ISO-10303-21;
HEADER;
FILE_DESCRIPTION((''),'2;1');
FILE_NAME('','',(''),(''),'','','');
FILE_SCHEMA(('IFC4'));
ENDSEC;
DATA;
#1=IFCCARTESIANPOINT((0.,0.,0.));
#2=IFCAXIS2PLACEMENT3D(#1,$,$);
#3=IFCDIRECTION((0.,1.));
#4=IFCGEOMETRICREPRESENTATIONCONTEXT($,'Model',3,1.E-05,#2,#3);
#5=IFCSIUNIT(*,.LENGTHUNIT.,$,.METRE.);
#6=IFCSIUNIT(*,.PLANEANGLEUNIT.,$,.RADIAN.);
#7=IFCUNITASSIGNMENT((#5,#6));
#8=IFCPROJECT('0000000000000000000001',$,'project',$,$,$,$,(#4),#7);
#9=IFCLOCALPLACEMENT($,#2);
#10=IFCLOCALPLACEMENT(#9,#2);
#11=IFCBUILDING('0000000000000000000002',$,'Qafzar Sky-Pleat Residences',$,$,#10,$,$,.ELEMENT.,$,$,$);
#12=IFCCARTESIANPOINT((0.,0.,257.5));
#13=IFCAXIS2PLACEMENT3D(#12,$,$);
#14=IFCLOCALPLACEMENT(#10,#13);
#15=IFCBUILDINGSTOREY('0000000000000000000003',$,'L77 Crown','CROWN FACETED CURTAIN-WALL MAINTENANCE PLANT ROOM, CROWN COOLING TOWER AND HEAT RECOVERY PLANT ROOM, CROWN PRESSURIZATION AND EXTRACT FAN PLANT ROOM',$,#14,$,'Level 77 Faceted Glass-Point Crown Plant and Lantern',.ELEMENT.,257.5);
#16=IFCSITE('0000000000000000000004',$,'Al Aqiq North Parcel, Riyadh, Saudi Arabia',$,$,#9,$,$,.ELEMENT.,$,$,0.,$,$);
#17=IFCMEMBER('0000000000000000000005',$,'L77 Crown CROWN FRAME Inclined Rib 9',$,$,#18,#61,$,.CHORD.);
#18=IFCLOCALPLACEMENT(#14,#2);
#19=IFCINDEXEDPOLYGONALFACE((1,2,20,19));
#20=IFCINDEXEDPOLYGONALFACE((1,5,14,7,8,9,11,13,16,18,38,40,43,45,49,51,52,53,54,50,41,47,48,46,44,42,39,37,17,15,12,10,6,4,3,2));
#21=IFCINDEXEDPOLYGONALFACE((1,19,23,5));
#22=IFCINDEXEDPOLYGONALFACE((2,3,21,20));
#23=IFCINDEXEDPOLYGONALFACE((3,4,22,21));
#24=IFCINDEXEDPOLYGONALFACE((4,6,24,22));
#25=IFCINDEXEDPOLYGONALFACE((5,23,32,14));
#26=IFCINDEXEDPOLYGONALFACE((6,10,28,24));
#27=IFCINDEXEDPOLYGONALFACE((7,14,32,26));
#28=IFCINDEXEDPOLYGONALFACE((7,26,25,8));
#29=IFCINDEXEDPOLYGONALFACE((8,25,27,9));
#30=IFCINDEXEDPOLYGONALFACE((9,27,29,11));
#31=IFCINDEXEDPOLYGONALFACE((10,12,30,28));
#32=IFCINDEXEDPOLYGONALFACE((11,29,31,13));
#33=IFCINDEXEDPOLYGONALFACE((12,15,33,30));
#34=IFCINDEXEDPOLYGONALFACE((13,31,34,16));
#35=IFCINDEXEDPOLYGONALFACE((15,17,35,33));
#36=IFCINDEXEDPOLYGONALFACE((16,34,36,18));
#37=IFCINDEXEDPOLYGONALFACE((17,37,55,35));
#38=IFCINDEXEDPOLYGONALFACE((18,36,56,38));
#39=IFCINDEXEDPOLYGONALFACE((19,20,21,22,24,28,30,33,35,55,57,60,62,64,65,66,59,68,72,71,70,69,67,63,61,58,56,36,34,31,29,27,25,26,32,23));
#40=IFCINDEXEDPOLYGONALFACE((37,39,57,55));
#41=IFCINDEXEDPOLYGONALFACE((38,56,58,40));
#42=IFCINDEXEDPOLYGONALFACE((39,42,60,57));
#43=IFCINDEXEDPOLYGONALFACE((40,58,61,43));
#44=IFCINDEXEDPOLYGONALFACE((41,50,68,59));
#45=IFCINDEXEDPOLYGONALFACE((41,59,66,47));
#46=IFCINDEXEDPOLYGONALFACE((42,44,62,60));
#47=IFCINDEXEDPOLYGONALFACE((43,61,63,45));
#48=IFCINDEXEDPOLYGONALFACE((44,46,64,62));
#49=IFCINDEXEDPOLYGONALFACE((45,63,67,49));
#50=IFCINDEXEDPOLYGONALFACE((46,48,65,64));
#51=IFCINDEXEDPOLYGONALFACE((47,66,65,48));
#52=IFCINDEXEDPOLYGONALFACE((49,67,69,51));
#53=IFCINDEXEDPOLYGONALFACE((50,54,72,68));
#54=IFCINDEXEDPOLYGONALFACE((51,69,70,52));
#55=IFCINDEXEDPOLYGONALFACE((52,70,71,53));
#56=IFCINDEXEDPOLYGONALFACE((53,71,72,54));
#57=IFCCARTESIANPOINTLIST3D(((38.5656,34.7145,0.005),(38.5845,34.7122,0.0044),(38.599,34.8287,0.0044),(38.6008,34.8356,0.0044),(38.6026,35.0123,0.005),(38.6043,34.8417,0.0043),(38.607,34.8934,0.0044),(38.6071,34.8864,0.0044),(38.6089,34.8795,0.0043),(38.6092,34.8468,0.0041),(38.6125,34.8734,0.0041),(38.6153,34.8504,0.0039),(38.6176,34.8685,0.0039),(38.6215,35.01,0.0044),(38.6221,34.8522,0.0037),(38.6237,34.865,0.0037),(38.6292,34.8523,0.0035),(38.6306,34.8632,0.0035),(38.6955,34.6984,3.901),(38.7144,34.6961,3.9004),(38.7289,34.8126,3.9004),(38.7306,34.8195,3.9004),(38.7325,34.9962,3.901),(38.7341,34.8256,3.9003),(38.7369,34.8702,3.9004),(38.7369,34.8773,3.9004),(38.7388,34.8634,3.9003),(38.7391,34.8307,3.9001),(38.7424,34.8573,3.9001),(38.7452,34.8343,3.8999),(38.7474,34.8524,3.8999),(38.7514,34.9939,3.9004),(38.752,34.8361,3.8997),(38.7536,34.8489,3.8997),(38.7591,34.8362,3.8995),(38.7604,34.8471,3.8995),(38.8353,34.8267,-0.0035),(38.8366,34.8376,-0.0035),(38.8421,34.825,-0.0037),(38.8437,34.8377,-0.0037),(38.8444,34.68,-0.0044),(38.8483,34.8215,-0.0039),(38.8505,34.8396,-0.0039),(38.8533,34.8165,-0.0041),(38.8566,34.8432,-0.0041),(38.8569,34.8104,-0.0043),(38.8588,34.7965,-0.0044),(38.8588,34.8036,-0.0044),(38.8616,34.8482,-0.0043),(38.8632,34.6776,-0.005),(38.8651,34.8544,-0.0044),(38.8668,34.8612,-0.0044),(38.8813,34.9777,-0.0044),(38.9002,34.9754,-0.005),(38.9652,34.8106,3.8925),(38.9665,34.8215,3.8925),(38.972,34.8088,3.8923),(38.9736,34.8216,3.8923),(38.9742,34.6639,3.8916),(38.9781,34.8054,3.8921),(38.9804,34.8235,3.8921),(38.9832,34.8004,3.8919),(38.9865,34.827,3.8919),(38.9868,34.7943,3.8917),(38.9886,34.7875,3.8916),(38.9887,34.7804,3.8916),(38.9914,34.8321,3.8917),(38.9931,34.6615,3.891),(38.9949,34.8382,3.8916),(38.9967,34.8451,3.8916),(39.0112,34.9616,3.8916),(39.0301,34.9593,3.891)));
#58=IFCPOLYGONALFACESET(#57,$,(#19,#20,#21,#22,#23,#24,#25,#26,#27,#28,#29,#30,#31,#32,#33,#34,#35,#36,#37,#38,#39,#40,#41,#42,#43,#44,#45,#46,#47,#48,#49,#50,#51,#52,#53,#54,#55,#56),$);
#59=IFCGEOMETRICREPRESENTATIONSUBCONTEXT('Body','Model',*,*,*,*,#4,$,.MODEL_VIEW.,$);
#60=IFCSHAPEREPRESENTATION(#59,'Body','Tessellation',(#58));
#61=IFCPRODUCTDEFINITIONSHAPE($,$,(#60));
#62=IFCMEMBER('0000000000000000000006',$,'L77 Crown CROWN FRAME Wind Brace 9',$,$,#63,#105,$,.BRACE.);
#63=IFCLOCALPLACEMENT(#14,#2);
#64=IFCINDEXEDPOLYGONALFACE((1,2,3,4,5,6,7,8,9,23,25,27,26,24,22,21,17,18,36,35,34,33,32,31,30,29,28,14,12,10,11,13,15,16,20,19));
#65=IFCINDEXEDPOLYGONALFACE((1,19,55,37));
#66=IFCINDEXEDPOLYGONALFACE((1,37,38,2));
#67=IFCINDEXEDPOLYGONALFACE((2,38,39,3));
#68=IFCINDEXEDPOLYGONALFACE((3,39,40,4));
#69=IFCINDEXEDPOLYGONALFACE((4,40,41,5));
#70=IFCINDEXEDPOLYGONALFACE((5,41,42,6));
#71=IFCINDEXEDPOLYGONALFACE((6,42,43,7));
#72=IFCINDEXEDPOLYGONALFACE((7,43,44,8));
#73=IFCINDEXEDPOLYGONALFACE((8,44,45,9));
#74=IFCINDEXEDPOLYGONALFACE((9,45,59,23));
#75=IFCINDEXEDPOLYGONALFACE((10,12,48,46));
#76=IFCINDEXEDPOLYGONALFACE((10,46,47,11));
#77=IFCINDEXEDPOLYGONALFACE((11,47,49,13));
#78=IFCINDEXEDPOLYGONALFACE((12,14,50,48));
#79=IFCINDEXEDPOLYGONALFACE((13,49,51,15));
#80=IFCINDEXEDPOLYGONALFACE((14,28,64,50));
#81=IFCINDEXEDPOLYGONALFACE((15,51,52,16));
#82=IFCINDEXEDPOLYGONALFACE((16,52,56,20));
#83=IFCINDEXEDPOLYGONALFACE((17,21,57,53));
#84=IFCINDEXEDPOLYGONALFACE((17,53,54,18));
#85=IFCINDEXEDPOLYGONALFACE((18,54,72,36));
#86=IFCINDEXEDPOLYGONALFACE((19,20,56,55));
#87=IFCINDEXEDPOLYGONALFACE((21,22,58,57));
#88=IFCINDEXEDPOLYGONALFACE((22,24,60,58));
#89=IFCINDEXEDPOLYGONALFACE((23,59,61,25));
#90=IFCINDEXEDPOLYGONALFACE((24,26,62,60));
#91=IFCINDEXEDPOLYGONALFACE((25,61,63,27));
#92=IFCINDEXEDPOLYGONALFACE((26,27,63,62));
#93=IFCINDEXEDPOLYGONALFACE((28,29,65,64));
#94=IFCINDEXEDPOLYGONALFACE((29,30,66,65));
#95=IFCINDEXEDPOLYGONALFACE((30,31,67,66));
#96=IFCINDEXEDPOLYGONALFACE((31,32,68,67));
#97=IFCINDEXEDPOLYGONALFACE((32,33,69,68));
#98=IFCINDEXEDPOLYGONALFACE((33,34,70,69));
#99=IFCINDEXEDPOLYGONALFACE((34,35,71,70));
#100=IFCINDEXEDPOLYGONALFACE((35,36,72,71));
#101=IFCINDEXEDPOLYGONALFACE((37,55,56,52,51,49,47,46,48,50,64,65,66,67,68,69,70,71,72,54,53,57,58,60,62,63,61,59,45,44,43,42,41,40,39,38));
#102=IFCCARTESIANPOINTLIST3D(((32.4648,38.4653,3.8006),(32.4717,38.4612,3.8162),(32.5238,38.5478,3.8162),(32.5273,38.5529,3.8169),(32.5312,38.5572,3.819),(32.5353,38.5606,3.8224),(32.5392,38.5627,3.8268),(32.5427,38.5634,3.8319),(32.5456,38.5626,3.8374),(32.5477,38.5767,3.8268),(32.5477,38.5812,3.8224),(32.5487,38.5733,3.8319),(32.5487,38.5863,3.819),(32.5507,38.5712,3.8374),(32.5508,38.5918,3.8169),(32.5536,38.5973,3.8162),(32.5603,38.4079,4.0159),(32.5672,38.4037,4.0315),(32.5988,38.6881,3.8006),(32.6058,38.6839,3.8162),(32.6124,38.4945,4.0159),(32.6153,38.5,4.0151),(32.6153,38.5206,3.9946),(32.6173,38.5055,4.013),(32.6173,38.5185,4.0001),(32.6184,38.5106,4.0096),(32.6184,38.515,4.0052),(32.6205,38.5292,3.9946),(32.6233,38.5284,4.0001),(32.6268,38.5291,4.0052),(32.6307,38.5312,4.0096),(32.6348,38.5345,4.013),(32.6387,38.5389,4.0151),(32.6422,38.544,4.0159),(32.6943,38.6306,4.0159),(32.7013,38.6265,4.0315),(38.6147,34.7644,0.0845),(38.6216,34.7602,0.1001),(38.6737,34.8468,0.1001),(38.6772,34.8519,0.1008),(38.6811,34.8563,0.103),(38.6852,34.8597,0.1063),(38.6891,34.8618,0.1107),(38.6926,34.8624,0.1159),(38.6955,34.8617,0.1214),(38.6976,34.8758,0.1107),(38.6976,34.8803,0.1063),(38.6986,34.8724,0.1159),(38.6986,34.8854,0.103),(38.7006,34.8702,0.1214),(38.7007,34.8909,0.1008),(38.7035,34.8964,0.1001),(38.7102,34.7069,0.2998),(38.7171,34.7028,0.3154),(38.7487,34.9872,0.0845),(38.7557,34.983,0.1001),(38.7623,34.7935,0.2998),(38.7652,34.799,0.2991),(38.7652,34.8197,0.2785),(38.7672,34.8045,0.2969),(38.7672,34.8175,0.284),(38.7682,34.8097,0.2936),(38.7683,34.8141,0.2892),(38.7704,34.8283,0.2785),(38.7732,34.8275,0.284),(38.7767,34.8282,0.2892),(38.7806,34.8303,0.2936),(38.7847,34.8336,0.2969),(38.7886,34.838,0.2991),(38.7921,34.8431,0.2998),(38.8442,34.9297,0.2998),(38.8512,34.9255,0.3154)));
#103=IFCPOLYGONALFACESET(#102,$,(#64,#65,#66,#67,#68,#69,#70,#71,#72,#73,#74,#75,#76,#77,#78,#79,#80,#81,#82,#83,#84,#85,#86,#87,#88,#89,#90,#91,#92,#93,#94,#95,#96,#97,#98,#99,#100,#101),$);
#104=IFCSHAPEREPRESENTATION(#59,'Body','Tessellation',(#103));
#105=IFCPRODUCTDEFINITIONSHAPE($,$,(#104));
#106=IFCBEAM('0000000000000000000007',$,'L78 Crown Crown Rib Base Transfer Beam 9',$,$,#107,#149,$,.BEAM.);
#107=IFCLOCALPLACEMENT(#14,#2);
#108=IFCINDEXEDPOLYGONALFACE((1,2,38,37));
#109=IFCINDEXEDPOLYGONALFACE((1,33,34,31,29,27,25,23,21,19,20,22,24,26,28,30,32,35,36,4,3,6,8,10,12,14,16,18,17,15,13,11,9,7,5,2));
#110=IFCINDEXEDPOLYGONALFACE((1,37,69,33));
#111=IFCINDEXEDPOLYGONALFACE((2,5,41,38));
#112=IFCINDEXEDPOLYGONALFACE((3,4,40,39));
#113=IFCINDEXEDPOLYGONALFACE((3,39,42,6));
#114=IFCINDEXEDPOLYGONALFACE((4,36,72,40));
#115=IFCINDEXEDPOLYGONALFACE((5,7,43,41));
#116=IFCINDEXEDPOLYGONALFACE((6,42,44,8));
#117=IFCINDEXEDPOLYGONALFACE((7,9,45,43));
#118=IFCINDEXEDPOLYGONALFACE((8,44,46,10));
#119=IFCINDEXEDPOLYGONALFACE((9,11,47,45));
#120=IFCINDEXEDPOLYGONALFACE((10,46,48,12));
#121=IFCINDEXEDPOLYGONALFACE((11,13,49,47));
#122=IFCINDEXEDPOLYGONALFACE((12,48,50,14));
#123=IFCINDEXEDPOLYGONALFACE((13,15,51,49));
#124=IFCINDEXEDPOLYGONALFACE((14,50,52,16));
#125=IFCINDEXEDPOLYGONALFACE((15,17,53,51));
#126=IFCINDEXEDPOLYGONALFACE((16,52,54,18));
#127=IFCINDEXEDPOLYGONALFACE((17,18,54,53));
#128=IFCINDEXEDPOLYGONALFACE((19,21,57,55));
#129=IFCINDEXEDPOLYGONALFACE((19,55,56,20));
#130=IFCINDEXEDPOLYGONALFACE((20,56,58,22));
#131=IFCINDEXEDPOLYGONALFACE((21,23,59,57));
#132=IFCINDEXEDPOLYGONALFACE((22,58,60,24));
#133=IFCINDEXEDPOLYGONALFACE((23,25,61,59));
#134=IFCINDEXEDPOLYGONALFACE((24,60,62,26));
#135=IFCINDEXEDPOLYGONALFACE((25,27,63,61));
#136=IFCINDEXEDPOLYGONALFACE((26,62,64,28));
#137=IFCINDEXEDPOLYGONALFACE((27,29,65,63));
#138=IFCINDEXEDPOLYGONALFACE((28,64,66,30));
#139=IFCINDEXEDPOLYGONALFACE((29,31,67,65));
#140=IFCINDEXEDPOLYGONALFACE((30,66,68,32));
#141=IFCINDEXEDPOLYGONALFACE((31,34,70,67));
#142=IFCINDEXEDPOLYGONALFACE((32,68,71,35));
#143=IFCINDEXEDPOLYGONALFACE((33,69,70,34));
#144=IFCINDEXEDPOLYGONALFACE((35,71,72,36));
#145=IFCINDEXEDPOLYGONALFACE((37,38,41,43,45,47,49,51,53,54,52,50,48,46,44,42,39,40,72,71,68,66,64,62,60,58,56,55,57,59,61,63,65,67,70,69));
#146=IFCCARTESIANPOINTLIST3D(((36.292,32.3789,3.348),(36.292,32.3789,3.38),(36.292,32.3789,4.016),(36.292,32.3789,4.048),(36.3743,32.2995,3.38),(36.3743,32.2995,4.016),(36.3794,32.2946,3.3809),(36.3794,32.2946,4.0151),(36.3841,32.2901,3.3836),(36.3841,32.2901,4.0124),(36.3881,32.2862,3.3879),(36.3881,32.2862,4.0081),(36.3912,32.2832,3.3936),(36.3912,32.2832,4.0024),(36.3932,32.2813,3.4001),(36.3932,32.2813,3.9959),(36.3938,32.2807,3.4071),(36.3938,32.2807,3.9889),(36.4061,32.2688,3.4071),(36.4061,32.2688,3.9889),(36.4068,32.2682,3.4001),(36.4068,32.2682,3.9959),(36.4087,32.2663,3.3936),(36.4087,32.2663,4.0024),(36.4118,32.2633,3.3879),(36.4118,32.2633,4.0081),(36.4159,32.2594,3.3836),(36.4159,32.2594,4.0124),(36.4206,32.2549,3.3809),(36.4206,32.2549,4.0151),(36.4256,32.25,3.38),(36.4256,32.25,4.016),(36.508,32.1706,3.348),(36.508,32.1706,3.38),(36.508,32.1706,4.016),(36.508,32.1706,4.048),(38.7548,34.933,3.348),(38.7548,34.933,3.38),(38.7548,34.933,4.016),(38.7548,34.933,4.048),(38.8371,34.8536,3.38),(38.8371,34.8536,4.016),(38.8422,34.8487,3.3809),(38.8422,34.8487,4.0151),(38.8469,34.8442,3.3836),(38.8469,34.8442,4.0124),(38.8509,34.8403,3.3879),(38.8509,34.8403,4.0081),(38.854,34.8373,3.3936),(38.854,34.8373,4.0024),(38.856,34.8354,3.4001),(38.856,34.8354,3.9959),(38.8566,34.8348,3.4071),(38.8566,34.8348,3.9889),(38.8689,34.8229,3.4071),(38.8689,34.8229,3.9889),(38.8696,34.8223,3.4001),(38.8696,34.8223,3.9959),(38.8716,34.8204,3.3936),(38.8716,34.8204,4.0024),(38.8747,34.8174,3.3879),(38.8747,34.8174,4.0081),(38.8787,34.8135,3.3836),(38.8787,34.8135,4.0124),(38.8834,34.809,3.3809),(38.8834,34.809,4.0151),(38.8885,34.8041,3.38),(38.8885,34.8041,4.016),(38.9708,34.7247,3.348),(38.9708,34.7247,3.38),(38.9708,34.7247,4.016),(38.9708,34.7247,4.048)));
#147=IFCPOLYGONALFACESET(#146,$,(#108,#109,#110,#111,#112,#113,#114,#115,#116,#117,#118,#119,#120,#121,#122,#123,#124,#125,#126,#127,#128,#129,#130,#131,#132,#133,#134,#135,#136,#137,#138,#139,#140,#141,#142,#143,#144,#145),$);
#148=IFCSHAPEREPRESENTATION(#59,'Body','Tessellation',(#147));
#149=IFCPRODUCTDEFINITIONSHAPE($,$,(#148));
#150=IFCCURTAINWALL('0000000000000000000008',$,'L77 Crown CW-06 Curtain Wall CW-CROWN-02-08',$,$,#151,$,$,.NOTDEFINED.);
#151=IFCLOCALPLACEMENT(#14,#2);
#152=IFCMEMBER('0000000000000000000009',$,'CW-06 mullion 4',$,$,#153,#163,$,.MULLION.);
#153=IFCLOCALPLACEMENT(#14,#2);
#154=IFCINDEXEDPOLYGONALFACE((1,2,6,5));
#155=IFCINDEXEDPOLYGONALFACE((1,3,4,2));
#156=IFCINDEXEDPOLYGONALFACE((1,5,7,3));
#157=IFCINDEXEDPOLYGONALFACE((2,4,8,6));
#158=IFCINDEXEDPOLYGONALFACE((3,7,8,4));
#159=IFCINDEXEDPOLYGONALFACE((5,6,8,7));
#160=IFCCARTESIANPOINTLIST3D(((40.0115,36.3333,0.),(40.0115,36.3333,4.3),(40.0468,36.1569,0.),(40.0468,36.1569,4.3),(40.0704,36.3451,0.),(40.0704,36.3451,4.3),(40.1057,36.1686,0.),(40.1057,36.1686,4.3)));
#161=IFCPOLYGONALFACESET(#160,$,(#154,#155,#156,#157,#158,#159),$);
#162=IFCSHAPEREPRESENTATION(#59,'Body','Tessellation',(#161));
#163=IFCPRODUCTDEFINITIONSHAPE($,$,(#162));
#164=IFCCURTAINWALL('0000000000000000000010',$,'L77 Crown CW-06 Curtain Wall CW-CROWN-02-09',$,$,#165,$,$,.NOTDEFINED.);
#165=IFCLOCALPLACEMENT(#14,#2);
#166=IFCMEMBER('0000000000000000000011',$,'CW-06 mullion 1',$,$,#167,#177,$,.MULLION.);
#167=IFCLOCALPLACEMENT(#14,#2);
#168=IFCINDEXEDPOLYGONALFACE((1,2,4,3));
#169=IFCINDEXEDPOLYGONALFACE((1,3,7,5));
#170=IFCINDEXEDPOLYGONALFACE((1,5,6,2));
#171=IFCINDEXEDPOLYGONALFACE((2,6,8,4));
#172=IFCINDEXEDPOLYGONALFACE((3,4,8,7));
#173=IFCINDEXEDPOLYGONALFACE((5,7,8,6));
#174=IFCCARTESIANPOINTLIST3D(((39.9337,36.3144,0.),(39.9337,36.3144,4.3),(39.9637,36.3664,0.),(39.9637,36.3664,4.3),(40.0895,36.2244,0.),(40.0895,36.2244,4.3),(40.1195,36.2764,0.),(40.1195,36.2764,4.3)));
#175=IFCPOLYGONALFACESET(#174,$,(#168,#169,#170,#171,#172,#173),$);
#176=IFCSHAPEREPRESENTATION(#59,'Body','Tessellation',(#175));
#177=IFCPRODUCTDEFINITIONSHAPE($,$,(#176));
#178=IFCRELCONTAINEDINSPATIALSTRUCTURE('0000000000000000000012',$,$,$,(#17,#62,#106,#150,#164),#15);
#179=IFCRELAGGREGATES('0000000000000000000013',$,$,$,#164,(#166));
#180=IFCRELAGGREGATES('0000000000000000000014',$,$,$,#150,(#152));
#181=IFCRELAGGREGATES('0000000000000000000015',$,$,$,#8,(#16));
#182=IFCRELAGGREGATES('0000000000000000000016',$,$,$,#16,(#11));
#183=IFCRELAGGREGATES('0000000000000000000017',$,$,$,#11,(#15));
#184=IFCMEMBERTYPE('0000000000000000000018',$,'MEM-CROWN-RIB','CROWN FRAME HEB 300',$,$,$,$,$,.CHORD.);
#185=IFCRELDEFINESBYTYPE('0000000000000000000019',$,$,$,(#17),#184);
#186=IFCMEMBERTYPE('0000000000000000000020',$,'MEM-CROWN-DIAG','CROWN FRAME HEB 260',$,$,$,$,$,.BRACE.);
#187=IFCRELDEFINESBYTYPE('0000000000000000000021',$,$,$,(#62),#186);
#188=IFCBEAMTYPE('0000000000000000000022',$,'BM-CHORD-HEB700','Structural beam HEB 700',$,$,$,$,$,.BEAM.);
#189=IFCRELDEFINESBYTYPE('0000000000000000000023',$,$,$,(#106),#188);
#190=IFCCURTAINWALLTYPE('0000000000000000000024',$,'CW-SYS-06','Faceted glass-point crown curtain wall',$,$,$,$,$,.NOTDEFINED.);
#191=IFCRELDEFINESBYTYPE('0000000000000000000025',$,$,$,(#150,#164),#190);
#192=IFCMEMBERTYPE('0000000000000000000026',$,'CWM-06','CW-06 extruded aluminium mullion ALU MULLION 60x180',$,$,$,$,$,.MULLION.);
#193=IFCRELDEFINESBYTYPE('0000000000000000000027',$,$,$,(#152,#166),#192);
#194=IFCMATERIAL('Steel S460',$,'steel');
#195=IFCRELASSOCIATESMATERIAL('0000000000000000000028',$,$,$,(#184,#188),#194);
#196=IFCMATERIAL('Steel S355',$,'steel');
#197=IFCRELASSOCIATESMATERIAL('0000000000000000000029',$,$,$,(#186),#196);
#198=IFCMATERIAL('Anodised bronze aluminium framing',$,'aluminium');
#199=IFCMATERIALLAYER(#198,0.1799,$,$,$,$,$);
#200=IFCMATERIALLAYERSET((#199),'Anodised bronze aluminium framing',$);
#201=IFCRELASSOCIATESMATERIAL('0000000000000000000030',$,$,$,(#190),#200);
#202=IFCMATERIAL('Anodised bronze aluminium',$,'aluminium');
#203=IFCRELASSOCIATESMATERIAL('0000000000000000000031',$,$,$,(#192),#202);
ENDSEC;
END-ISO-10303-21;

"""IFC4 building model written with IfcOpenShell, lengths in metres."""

from ifc_helpers import new_model, si_unit, direction, frame, origin, origin_2d, place, context, subcontext, project, spatial, rectangle, i_section, extrude, source, transform, mapped, material, layer, layer_set, material_profile, profile_set, type_object, element, aggregate, save


model = new_model("IFC4")

# Units and contexts
model_context = context("Model", 3, precision=1e-05, world=origin(), true_north=direction((0.0, 1.0)))
body_context = subcontext(model_context, "Body", "Model", "MODEL_VIEW")
ifc_project = project(units=[si_unit("LENGTHUNIT", "METRE"), si_unit("PLANEANGLEUNIT", "RADIAN")], contexts=[model_context])

# Site, building, storey
site_placement = place(None, origin())
site = spatial("IfcSite", under=ifc_project, at=site_placement, Name="Al Aqiq North Parcel, Riyadh, Saudi Arabia", CompositionType="ELEMENT", RefElevation=0.0)
building_placement = place(site_placement, origin())
building = spatial("IfcBuilding", under=site, at=building_placement, Name="Qafzar Sky-Pleat Residences", CompositionType="ELEMENT")
storey_placement = place(building_placement, frame((0.0, 0.0, 257.5)))
storey = spatial("IfcBuildingStorey", under=building, at=storey_placement, Name="L77 Crown", Description="CROWN FACETED CURTAIN-WALL MAINTENANCE PLANT ROOM, CROWN COOLING TOWER AND HEAT RECOVERY PLANT ROOM, CROWN PRESSURIZATION AND EXTRACT FAN PLANT ROOM", LongName="Level 77 Faceted Glass-Point Crown Plant and Lantern", CompositionType="ELEMENT", Elevation=257.5)

# Members
ifc_material_1 = material(Name="Steel S460", Category="steel")
ifc_material_profile_1 = material_profile(ifc_material_1, i_section(OverallWidth=0.3, OverallDepth=0.3, WebThickness=0.011, FlangeThickness=0.019, FilletRadius=0.0271, at=origin_2d()), Name="HEB 300")
ifc_profile_set_1 = profile_set([ifc_material_profile_1], Name="Steel S460")
member_type_1 = type_object("IfcMemberType", Name="MEM-CROWN-RIB", Description="CROWN FRAME HEB 300", PredefinedType="CHORD", material=ifc_profile_set_1)
shared_shape_1 = source(origin(), body_context, "Body", "SweptSolid", [
    extrude(i_section(OverallWidth=0.3, OverallDepth=0.3, WebThickness=0.011, FlangeThickness=0.019, FilletRadius=0.0271, at=origin_2d()), origin(), (0.0, 0.0, 1.0), 3.8982),
])
member_1_placement = place(storey_placement, frame((38.7329, 34.845, 0.0), z_axis=(0.033319, -0.004134, 0.999436), x_axis=(0.123116, 0.992392, 0.0)))
element("IfcMember", 1, at=member_1_placement, inside=storey, type_object=member_type_1, Name="L77 Crown CROWN FRAME Inclined Rib 9", PredefinedType="CHORD", context=body_context, shape_type="MappedRepresentation", body=[
    mapped(shared_shape_1, transform((0.0, 0.0, 0.0), x_axis=(1.0, 0.0, 0.0), y_axis=(0.0, 1.0, 0.0), z_axis=(0.0, 0.0, 1.0), scale=1.0)),
])
ifc_material_2 = material(Name="Steel S355", Category="steel")
ifc_material_profile_2 = material_profile(ifc_material_2, i_section(OverallWidth=0.26, OverallDepth=0.26, WebThickness=0.01, FlangeThickness=0.0176, FilletRadius=0.0239, at=origin_2d()), Name="HEB 260")
ifc_profile_set_2 = profile_set([ifc_material_profile_2], Name="Steel S355")
member_type_2 = type_object("IfcMemberType", Name="MEM-CROWN-DIAG", Description="CROWN FRAME HEB 260", PredefinedType="BRACE", material=ifc_profile_set_2)
shared_shape_2 = source(origin(), body_context, "Body", "SweptSolid", [
    extrude(i_section(OverallWidth=0.26, OverallDepth=0.26, WebThickness=0.01, FlangeThickness=0.0176, FilletRadius=0.0239, at=origin_2d()), origin(), (0.0, 0.0, 1.0), 8.0825),
])
member_2_placement = place(storey_placement, frame((38.7329, 34.845, 0.2), z_axis=(-0.760888, 0.457892, 0.459765), x_axis=(-0.515621, -0.856817, 0.0)))
element("IfcMember", 2, at=member_2_placement, inside=storey, type_object=member_type_2, Name="L77 Crown CROWN FRAME Wind Brace 9", PredefinedType="BRACE", context=body_context, shape_type="MappedRepresentation", body=[
    mapped(shared_shape_2, transform((0.0, 0.0, 0.0), x_axis=(1.0, 0.0, 0.0), y_axis=(0.0, 1.0, 0.0), z_axis=(0.0, 0.0, 1.0), scale=1.0)),
])

# Beam
ifc_material_profile_3 = material_profile(ifc_material_1, i_section(OverallWidth=0.3, OverallDepth=0.7, WebThickness=0.0171, FlangeThickness=0.032, FilletRadius=0.0271, at=origin_2d()), Name="HEB 700")
ifc_profile_set_3 = profile_set([ifc_material_profile_3], Name="Steel S460")
beam_type = type_object("IfcBeamType", Name="BM-CHORD-HEB700", Description="Structural beam HEB 700", PredefinedType="BEAM", material=ifc_profile_set_3)
shared_shape_3 = source(origin(), body_context, "Body", "SweptSolid", [
    extrude(i_section(OverallWidth=0.3, OverallDepth=0.7, WebThickness=0.0171, FlangeThickness=0.032, FilletRadius=0.0271, at=origin_2d()), origin(), (0.0, 0.0, 1.0), 3.5481),
])
beam_placement = place(storey_placement, frame((38.8628, 34.8289, 3.698), z_axis=(-0.694123, -0.719857, 0.0), x_axis=(0.719857, -0.694123, 0.0)))
element("IfcBeam", 3, at=beam_placement, inside=storey, type_object=beam_type, Name="L78 Crown Crown Rib Base Transfer Beam 9", PredefinedType="BEAM", context=body_context, shape_type="MappedRepresentation", body=[
    mapped(shared_shape_3, transform((0.0, 0.0, 0.0), x_axis=(1.0, 0.0, 0.0), y_axis=(0.0, 1.0, 0.0), z_axis=(0.0, 0.0, 1.0), scale=1.0)),
])

# Curtain wall, member
ifc_material_3 = material(Name="Anodised bronze aluminium framing", Category="aluminium")
ifc_layer_1 = layer(ifc_material_3, 0.1799)
ifc_layer_set_1 = layer_set([ifc_layer_1], Name="Anodised bronze aluminium framing")
curtain_wall_type = type_object("IfcCurtainWallType", Name="CW-SYS-06", Description="Faceted glass-point crown curtain wall", PredefinedType="NOTDEFINED", material=ifc_layer_set_1)
curtain_wall_1_placement = place(storey_placement, origin())
curtain_wall_1 = element("IfcCurtainWall", 4, at=curtain_wall_1_placement, inside=storey, type_object=curtain_wall_type, Name="L77 Crown CW-06 Curtain Wall CW-CROWN-02-08", PredefinedType="NOTDEFINED")
ifc_material_4 = material(Name="Anodised bronze aluminium", Category="aluminium")
ifc_material_profile_4 = material_profile(ifc_material_4, rectangle(XDim=0.0601, YDim=0.1799, at=origin_2d()), Name="ALU MULLION 60x180")
ifc_profile_set_4 = profile_set([ifc_material_profile_4], Name="Anodised bronze aluminium")
member_type_3 = type_object("IfcMemberType", Name="CWM-06", Description="CW-06 extruded aluminium mullion ALU MULLION 60x180", PredefinedType="MULLION", material=ifc_profile_set_4)
shared_shape_4 = source(origin(), body_context, "Body", "SweptSolid", [
    extrude(rectangle(XDim=0.0601, YDim=0.1799, at=origin_2d()), origin(), (0.0, 0.0, 1.0), 4.3),
])
member_3_placement = place(storey_placement, frame((40.0586, 36.251, 0.0), z_axis=(0.0, 0.0, 1.0), x_axis=(-0.980578, -0.196127, 0.0)))
member_3 = element("IfcMember", 5, at=member_3_placement, type_object=member_type_3, Name="CW-06 mullion 4", PredefinedType="MULLION", context=body_context, shape_type="MappedRepresentation", body=[
    mapped(shared_shape_4, transform((0.0, 0.0, 0.0), x_axis=(1.0, 0.0, 0.0), y_axis=(0.0, 1.0, 0.0), z_axis=(0.0, 0.0, 1.0), scale=1.0)),
])

# Curtain wall, member
curtain_wall_2_placement = place(storey_placement, origin())
curtain_wall_2 = element("IfcCurtainWall", 6, at=curtain_wall_2_placement, inside=storey, type_object=curtain_wall_type, Name="L77 Crown CW-06 Curtain Wall CW-CROWN-02-09", PredefinedType="NOTDEFINED")
member_4_placement = place(storey_placement, frame((40.0266, 36.2954, 0.0), z_axis=(0.0, 0.0, 1.0), x_axis=(-0.500003, -0.866024, 0.0)))
member_4 = element("IfcMember", 7, at=member_4_placement, type_object=member_type_3, Name="CW-06 mullion 1", PredefinedType="MULLION", context=body_context, shape_type="MappedRepresentation", body=[
    mapped(shared_shape_4, transform((0.0, 0.0, 0.0), x_axis=(1.0, 0.0, 0.0), y_axis=(0.0, 1.0, 0.0), z_axis=(0.0, 0.0, 1.0), scale=1.0)),
])
aggregate(curtain_wall_2, [member_4])

aggregate(curtain_wall_1, [member_3])

save(model, "model.ifc")
